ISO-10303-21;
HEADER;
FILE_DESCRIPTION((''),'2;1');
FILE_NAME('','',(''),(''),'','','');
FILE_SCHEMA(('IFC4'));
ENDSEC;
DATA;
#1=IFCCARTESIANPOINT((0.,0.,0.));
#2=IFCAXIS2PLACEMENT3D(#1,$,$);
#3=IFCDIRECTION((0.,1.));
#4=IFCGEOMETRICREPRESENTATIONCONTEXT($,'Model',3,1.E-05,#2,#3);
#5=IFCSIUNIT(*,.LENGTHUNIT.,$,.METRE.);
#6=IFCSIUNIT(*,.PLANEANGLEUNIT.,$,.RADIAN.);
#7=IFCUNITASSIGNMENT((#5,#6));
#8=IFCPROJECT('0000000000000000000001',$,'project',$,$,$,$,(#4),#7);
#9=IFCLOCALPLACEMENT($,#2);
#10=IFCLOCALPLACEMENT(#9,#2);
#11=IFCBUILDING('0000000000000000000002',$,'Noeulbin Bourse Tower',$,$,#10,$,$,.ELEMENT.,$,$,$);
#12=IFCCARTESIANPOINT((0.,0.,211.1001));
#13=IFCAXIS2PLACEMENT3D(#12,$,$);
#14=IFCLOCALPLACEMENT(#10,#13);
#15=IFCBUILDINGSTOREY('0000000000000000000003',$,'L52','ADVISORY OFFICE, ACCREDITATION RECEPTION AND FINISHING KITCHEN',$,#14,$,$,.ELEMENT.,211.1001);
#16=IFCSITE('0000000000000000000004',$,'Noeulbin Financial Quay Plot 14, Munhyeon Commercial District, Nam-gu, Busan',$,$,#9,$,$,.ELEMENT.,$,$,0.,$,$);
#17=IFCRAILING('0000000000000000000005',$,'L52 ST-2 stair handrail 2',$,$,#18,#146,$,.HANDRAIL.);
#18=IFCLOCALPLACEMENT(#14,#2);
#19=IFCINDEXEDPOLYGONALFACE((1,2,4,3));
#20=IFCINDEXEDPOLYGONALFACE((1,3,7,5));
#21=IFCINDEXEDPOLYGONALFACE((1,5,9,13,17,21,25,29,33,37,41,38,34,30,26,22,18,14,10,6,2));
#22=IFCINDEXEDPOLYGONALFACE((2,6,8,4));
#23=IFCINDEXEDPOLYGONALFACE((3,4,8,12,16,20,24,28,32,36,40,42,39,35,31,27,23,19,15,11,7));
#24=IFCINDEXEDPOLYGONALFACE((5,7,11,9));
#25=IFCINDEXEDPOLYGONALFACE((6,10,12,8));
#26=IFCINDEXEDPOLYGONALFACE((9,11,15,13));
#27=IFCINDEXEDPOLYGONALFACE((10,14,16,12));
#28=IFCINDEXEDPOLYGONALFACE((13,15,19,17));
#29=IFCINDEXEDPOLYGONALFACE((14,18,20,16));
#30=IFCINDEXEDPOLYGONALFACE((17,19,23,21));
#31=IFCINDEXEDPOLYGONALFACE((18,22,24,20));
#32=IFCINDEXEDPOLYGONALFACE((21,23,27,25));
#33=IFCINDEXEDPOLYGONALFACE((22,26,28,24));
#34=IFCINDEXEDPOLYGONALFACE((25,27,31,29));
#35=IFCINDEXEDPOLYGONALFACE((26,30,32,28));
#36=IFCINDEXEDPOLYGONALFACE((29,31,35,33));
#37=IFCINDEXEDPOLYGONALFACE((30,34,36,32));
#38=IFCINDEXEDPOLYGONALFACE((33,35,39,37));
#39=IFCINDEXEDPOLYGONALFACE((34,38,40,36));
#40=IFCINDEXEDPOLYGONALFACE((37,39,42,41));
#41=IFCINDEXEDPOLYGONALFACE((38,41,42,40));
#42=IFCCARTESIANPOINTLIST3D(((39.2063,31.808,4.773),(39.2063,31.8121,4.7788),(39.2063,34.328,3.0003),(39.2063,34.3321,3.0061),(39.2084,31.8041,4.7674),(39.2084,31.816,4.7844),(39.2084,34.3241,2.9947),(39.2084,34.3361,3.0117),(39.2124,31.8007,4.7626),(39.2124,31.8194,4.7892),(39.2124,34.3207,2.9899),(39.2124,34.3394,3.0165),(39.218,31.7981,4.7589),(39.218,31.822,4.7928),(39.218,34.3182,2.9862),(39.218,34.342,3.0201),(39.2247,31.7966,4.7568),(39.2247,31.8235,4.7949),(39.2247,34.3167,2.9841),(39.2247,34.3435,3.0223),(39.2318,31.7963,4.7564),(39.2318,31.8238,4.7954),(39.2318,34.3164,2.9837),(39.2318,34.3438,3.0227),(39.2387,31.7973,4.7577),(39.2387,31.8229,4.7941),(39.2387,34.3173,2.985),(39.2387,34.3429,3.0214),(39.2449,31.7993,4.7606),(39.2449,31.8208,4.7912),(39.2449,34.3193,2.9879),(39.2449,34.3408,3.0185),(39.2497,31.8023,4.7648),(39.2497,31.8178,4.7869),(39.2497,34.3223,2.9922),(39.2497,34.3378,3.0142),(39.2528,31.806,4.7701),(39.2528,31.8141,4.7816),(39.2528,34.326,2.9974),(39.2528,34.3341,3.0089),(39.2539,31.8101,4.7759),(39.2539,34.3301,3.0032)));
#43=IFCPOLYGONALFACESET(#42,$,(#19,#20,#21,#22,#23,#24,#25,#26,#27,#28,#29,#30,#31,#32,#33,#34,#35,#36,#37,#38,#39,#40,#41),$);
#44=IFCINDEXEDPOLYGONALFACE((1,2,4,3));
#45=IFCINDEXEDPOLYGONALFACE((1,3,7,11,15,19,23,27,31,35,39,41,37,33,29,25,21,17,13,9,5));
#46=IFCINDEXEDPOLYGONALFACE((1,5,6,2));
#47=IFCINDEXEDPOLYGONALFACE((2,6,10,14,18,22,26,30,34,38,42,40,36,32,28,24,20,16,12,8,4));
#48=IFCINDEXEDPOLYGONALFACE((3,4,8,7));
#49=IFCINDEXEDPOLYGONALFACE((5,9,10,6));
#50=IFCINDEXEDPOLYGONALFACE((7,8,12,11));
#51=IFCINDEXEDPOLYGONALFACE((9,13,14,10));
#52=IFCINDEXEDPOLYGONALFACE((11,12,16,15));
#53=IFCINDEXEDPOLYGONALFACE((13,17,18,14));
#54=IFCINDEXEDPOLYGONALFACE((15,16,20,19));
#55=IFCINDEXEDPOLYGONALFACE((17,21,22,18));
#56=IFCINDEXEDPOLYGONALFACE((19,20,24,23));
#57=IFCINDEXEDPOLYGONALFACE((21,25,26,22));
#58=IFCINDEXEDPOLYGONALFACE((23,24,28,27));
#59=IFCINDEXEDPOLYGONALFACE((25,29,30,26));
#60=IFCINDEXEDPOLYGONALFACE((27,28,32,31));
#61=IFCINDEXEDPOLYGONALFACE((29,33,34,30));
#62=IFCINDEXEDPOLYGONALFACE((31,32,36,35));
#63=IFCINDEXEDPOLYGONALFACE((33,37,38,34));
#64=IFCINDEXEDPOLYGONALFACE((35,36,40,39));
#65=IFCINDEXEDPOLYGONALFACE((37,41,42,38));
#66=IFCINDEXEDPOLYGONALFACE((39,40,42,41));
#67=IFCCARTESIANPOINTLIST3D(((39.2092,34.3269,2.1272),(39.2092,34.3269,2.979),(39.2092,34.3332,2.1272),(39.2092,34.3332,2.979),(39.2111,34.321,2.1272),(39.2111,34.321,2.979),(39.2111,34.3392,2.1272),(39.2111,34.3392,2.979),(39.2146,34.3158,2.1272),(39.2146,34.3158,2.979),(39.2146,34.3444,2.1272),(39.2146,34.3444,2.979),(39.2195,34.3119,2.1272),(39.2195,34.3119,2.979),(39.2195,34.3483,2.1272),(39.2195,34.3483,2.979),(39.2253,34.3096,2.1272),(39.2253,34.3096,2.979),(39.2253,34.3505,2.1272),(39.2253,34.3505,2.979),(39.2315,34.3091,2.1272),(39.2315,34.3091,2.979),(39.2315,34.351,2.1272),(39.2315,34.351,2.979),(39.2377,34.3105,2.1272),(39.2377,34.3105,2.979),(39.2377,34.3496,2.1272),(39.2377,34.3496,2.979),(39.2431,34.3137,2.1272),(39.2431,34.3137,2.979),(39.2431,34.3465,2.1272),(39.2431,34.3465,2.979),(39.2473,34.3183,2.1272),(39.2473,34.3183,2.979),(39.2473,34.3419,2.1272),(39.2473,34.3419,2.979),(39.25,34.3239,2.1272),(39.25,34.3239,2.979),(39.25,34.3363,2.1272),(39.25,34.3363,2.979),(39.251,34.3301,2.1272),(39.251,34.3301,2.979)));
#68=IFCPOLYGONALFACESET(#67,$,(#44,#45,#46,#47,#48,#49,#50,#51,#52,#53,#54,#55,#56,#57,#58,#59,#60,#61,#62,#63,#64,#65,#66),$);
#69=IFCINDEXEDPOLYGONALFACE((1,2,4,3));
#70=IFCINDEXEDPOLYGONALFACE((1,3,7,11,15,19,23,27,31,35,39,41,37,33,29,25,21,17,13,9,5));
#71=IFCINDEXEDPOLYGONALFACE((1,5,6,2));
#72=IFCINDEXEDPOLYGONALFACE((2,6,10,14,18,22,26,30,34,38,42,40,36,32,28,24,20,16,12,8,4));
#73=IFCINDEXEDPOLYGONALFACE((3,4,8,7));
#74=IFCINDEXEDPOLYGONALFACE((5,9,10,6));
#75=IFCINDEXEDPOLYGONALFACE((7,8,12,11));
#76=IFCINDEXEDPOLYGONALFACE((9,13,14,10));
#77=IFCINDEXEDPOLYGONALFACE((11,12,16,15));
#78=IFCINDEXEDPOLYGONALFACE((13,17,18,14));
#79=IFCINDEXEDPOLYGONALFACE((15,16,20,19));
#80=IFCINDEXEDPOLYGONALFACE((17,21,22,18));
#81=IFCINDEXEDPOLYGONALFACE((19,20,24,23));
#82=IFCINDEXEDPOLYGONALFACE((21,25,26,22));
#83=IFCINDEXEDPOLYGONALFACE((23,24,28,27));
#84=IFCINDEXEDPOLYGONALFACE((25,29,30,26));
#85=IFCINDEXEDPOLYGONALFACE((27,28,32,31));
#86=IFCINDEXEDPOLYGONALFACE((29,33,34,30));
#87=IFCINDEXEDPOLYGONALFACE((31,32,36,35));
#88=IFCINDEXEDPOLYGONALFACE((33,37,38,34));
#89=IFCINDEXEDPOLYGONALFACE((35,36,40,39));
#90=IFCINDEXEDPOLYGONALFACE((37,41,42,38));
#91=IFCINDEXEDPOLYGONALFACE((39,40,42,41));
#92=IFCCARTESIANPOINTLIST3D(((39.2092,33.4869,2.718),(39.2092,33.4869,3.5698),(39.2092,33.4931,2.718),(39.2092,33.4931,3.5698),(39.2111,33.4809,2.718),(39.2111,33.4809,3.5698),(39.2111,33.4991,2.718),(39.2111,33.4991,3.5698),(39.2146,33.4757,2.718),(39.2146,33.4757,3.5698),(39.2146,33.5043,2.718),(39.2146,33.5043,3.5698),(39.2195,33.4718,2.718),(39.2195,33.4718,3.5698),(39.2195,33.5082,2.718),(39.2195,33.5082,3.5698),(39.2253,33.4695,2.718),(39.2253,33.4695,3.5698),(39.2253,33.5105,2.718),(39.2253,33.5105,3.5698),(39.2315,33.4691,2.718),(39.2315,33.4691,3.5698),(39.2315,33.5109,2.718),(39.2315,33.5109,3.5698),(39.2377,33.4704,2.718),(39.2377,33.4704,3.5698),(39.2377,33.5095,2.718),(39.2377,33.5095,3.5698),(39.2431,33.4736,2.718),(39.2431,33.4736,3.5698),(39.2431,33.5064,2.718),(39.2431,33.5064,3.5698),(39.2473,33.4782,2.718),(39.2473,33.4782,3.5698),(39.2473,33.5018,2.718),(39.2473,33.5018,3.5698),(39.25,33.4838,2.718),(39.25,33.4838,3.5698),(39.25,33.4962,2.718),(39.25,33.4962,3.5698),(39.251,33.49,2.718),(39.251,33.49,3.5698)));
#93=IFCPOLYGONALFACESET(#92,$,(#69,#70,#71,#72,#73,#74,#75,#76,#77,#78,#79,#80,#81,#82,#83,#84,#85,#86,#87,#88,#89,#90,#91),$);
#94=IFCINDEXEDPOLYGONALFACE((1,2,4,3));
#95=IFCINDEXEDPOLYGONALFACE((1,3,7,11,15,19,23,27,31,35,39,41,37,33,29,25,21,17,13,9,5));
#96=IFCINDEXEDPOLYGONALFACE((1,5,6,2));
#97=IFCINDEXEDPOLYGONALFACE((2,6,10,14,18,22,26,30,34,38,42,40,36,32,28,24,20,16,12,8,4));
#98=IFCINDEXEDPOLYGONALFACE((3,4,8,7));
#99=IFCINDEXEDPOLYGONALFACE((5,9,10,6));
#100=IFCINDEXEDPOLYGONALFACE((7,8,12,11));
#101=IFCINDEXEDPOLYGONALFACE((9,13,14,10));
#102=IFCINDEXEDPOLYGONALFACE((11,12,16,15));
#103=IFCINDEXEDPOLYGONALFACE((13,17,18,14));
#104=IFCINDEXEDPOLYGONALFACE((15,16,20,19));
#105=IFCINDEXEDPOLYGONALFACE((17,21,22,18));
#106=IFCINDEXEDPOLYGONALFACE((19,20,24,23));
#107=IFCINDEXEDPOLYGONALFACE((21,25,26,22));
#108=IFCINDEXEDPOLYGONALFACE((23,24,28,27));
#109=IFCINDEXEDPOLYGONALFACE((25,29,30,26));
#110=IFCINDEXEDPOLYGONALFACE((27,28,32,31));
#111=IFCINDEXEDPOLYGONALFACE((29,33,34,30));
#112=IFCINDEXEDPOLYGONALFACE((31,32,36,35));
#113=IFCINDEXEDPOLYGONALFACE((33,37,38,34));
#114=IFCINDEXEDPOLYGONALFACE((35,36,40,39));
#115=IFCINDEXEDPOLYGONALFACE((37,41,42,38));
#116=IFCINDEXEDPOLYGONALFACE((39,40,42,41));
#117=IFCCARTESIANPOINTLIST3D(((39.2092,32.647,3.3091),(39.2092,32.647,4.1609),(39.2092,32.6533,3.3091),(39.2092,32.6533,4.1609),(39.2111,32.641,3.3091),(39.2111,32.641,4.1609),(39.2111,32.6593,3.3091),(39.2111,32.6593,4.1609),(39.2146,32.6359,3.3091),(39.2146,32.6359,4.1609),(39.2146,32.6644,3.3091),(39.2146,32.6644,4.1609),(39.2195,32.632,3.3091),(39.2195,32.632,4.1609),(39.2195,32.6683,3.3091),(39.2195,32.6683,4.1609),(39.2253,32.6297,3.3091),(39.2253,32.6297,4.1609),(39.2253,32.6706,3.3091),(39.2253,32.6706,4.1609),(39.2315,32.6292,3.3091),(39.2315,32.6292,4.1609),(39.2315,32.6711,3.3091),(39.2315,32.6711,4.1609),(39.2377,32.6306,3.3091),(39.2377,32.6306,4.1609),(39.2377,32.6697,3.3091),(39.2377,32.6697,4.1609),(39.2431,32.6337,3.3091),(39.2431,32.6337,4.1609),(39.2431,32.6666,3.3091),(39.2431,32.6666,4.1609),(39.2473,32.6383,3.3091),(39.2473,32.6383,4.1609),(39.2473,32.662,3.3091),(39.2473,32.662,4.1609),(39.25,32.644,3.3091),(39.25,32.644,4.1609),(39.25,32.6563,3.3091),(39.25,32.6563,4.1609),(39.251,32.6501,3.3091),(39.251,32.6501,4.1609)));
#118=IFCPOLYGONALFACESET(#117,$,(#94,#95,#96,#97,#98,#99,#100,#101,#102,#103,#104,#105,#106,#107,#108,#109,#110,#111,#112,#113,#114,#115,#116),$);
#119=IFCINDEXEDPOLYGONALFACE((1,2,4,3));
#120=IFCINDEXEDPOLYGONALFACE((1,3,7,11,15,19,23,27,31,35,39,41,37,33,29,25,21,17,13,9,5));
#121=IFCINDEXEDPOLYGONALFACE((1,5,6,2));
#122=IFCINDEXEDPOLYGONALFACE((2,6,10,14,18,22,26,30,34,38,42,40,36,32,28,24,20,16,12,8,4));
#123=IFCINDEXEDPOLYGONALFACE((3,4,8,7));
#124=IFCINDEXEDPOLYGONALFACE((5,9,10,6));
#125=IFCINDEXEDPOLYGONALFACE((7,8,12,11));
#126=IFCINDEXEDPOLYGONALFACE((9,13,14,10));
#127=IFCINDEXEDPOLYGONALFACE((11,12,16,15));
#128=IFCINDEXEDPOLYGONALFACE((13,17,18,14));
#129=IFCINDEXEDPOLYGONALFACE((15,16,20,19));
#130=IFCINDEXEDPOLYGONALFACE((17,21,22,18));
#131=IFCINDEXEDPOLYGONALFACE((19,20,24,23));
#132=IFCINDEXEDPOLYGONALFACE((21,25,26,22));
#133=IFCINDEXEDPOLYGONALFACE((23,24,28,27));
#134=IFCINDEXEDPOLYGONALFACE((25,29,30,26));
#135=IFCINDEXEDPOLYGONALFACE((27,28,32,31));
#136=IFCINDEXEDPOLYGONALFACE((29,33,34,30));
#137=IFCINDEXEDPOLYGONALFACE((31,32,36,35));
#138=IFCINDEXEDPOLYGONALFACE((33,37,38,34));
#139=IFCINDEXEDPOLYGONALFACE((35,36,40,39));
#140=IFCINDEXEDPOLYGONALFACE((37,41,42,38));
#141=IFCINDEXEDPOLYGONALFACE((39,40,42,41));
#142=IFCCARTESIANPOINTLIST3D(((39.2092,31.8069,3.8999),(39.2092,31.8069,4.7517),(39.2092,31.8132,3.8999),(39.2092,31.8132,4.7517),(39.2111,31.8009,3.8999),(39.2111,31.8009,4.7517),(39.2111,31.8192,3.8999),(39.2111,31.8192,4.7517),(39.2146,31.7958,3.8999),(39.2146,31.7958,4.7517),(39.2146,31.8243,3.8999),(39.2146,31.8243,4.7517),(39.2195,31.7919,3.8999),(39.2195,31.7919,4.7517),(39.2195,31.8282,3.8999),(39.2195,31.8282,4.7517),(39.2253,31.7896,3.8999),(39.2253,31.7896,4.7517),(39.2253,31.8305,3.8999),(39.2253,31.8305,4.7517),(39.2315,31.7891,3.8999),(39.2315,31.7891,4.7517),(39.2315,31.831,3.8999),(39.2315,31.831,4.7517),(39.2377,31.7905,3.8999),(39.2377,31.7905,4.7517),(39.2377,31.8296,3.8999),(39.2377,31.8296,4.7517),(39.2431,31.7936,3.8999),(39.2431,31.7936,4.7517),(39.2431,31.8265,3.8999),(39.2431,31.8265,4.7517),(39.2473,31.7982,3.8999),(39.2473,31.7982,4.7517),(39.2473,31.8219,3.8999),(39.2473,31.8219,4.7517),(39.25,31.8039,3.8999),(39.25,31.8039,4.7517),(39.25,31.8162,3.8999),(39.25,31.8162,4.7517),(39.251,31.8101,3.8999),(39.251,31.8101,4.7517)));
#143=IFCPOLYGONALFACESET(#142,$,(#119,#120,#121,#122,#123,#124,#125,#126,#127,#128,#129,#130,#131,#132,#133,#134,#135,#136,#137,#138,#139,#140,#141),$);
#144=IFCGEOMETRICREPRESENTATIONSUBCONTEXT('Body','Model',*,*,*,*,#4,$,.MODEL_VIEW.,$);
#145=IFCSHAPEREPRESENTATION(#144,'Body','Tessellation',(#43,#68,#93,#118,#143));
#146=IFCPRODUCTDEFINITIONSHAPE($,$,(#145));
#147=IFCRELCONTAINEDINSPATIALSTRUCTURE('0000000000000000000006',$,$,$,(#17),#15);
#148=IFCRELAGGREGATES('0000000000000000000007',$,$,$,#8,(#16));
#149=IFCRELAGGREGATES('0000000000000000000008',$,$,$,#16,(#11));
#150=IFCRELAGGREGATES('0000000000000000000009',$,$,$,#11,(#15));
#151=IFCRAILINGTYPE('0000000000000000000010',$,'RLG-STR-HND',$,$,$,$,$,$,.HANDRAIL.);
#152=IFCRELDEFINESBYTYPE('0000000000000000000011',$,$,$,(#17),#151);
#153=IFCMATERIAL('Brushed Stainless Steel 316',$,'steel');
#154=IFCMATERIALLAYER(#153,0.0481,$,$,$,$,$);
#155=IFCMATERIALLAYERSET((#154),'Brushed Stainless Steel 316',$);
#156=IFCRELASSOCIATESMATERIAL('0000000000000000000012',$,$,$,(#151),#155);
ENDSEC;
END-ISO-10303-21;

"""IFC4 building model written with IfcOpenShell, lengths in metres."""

from ifc_helpers import new_model, si_unit, direction, frame, origin, origin_2d, place, context, subcontext, project, spatial, circle, extrude, material, layer, layer_set, type_object, element, save


model = new_model("IFC4")

# Units and contexts
model_context = context("Model", 3, precision=1e-05, world=origin(), true_north=direction((0.0, 1.0)))
body_context = subcontext(model_context, "Body", "Model", "MODEL_VIEW")
ifc_project = project(units=[si_unit("LENGTHUNIT", "METRE"), si_unit("PLANEANGLEUNIT", "RADIAN")], contexts=[model_context])

# Site, building, storey
site_placement = place(None, origin())
site = spatial("IfcSite", under=ifc_project, at=site_placement, Name="Noeulbin Financial Quay Plot 14, Munhyeon Commercial District, Nam-gu, Busan", CompositionType="ELEMENT", RefElevation=0.0)
building_placement = place(site_placement, origin())
building = spatial("IfcBuilding", under=site, at=building_placement, Name="Noeulbin Bourse Tower", CompositionType="ELEMENT")
storey_placement = place(building_placement, frame((0.0, 0.0, 211.1001)))
storey = spatial("IfcBuildingStorey", under=building, at=storey_placement, Name="L52", Description="ADVISORY OFFICE, ACCREDITATION RECEPTION AND FINISHING KITCHEN", CompositionType="ELEMENT", Elevation=211.1001)

# Shared definitions
ifc_material_1 = material(Name="Brushed Stainless Steel 316", Category="steel")

# Railing
ifc_layer_1 = layer(ifc_material_1, 0.0481)
ifc_layer_set_1 = layer_set([ifc_layer_1], Name="Brushed Stainless Steel 316")
railing_type_1 = type_object("IfcRailingType", Name="RLG-STR-HND", PredefinedType="HANDRAIL", material=ifc_layer_set_1)
railing_1_placement = place(storey_placement, frame((39.23, 34.3301, 2.1272)))
element("IfcRailing", 1, at=railing_1_placement, inside=storey, type_object=railing_type_1, Name="L52 ST-2 stair handrail 2", PredefinedType="HANDRAIL", context=body_context, shape_type="SweptSolid", body=[
    extrude(circle(Radius=0.0239, at=origin_2d()), frame((0.0, 0.0, 0.876), z_axis=(0.0, -0.817904, 0.575354), x_axis=(1.0, 0.0, 0.0)), (0.0, 0.0, 1.0), 3.0811),
    extrude(circle(Radius=0.021, at=origin_2d()), origin(), (0.0, 0.0, 1.0), 0.8518),
    extrude(circle(Radius=0.021, at=origin_2d()), frame((0.0, -0.8401, 0.5908)), (0.0, 0.0, 1.0), 0.8518),
    extrude(circle(Radius=0.021, at=origin_2d()), frame((0.0, -1.6799, 1.1819)), (0.0, 0.0, 1.0), 0.8518),
    extrude(circle(Radius=0.021, at=origin_2d()), frame((0.0, -2.52, 1.7727)), (0.0, 0.0, 1.0), 0.8518),
])

save(model, "model.ifc")
